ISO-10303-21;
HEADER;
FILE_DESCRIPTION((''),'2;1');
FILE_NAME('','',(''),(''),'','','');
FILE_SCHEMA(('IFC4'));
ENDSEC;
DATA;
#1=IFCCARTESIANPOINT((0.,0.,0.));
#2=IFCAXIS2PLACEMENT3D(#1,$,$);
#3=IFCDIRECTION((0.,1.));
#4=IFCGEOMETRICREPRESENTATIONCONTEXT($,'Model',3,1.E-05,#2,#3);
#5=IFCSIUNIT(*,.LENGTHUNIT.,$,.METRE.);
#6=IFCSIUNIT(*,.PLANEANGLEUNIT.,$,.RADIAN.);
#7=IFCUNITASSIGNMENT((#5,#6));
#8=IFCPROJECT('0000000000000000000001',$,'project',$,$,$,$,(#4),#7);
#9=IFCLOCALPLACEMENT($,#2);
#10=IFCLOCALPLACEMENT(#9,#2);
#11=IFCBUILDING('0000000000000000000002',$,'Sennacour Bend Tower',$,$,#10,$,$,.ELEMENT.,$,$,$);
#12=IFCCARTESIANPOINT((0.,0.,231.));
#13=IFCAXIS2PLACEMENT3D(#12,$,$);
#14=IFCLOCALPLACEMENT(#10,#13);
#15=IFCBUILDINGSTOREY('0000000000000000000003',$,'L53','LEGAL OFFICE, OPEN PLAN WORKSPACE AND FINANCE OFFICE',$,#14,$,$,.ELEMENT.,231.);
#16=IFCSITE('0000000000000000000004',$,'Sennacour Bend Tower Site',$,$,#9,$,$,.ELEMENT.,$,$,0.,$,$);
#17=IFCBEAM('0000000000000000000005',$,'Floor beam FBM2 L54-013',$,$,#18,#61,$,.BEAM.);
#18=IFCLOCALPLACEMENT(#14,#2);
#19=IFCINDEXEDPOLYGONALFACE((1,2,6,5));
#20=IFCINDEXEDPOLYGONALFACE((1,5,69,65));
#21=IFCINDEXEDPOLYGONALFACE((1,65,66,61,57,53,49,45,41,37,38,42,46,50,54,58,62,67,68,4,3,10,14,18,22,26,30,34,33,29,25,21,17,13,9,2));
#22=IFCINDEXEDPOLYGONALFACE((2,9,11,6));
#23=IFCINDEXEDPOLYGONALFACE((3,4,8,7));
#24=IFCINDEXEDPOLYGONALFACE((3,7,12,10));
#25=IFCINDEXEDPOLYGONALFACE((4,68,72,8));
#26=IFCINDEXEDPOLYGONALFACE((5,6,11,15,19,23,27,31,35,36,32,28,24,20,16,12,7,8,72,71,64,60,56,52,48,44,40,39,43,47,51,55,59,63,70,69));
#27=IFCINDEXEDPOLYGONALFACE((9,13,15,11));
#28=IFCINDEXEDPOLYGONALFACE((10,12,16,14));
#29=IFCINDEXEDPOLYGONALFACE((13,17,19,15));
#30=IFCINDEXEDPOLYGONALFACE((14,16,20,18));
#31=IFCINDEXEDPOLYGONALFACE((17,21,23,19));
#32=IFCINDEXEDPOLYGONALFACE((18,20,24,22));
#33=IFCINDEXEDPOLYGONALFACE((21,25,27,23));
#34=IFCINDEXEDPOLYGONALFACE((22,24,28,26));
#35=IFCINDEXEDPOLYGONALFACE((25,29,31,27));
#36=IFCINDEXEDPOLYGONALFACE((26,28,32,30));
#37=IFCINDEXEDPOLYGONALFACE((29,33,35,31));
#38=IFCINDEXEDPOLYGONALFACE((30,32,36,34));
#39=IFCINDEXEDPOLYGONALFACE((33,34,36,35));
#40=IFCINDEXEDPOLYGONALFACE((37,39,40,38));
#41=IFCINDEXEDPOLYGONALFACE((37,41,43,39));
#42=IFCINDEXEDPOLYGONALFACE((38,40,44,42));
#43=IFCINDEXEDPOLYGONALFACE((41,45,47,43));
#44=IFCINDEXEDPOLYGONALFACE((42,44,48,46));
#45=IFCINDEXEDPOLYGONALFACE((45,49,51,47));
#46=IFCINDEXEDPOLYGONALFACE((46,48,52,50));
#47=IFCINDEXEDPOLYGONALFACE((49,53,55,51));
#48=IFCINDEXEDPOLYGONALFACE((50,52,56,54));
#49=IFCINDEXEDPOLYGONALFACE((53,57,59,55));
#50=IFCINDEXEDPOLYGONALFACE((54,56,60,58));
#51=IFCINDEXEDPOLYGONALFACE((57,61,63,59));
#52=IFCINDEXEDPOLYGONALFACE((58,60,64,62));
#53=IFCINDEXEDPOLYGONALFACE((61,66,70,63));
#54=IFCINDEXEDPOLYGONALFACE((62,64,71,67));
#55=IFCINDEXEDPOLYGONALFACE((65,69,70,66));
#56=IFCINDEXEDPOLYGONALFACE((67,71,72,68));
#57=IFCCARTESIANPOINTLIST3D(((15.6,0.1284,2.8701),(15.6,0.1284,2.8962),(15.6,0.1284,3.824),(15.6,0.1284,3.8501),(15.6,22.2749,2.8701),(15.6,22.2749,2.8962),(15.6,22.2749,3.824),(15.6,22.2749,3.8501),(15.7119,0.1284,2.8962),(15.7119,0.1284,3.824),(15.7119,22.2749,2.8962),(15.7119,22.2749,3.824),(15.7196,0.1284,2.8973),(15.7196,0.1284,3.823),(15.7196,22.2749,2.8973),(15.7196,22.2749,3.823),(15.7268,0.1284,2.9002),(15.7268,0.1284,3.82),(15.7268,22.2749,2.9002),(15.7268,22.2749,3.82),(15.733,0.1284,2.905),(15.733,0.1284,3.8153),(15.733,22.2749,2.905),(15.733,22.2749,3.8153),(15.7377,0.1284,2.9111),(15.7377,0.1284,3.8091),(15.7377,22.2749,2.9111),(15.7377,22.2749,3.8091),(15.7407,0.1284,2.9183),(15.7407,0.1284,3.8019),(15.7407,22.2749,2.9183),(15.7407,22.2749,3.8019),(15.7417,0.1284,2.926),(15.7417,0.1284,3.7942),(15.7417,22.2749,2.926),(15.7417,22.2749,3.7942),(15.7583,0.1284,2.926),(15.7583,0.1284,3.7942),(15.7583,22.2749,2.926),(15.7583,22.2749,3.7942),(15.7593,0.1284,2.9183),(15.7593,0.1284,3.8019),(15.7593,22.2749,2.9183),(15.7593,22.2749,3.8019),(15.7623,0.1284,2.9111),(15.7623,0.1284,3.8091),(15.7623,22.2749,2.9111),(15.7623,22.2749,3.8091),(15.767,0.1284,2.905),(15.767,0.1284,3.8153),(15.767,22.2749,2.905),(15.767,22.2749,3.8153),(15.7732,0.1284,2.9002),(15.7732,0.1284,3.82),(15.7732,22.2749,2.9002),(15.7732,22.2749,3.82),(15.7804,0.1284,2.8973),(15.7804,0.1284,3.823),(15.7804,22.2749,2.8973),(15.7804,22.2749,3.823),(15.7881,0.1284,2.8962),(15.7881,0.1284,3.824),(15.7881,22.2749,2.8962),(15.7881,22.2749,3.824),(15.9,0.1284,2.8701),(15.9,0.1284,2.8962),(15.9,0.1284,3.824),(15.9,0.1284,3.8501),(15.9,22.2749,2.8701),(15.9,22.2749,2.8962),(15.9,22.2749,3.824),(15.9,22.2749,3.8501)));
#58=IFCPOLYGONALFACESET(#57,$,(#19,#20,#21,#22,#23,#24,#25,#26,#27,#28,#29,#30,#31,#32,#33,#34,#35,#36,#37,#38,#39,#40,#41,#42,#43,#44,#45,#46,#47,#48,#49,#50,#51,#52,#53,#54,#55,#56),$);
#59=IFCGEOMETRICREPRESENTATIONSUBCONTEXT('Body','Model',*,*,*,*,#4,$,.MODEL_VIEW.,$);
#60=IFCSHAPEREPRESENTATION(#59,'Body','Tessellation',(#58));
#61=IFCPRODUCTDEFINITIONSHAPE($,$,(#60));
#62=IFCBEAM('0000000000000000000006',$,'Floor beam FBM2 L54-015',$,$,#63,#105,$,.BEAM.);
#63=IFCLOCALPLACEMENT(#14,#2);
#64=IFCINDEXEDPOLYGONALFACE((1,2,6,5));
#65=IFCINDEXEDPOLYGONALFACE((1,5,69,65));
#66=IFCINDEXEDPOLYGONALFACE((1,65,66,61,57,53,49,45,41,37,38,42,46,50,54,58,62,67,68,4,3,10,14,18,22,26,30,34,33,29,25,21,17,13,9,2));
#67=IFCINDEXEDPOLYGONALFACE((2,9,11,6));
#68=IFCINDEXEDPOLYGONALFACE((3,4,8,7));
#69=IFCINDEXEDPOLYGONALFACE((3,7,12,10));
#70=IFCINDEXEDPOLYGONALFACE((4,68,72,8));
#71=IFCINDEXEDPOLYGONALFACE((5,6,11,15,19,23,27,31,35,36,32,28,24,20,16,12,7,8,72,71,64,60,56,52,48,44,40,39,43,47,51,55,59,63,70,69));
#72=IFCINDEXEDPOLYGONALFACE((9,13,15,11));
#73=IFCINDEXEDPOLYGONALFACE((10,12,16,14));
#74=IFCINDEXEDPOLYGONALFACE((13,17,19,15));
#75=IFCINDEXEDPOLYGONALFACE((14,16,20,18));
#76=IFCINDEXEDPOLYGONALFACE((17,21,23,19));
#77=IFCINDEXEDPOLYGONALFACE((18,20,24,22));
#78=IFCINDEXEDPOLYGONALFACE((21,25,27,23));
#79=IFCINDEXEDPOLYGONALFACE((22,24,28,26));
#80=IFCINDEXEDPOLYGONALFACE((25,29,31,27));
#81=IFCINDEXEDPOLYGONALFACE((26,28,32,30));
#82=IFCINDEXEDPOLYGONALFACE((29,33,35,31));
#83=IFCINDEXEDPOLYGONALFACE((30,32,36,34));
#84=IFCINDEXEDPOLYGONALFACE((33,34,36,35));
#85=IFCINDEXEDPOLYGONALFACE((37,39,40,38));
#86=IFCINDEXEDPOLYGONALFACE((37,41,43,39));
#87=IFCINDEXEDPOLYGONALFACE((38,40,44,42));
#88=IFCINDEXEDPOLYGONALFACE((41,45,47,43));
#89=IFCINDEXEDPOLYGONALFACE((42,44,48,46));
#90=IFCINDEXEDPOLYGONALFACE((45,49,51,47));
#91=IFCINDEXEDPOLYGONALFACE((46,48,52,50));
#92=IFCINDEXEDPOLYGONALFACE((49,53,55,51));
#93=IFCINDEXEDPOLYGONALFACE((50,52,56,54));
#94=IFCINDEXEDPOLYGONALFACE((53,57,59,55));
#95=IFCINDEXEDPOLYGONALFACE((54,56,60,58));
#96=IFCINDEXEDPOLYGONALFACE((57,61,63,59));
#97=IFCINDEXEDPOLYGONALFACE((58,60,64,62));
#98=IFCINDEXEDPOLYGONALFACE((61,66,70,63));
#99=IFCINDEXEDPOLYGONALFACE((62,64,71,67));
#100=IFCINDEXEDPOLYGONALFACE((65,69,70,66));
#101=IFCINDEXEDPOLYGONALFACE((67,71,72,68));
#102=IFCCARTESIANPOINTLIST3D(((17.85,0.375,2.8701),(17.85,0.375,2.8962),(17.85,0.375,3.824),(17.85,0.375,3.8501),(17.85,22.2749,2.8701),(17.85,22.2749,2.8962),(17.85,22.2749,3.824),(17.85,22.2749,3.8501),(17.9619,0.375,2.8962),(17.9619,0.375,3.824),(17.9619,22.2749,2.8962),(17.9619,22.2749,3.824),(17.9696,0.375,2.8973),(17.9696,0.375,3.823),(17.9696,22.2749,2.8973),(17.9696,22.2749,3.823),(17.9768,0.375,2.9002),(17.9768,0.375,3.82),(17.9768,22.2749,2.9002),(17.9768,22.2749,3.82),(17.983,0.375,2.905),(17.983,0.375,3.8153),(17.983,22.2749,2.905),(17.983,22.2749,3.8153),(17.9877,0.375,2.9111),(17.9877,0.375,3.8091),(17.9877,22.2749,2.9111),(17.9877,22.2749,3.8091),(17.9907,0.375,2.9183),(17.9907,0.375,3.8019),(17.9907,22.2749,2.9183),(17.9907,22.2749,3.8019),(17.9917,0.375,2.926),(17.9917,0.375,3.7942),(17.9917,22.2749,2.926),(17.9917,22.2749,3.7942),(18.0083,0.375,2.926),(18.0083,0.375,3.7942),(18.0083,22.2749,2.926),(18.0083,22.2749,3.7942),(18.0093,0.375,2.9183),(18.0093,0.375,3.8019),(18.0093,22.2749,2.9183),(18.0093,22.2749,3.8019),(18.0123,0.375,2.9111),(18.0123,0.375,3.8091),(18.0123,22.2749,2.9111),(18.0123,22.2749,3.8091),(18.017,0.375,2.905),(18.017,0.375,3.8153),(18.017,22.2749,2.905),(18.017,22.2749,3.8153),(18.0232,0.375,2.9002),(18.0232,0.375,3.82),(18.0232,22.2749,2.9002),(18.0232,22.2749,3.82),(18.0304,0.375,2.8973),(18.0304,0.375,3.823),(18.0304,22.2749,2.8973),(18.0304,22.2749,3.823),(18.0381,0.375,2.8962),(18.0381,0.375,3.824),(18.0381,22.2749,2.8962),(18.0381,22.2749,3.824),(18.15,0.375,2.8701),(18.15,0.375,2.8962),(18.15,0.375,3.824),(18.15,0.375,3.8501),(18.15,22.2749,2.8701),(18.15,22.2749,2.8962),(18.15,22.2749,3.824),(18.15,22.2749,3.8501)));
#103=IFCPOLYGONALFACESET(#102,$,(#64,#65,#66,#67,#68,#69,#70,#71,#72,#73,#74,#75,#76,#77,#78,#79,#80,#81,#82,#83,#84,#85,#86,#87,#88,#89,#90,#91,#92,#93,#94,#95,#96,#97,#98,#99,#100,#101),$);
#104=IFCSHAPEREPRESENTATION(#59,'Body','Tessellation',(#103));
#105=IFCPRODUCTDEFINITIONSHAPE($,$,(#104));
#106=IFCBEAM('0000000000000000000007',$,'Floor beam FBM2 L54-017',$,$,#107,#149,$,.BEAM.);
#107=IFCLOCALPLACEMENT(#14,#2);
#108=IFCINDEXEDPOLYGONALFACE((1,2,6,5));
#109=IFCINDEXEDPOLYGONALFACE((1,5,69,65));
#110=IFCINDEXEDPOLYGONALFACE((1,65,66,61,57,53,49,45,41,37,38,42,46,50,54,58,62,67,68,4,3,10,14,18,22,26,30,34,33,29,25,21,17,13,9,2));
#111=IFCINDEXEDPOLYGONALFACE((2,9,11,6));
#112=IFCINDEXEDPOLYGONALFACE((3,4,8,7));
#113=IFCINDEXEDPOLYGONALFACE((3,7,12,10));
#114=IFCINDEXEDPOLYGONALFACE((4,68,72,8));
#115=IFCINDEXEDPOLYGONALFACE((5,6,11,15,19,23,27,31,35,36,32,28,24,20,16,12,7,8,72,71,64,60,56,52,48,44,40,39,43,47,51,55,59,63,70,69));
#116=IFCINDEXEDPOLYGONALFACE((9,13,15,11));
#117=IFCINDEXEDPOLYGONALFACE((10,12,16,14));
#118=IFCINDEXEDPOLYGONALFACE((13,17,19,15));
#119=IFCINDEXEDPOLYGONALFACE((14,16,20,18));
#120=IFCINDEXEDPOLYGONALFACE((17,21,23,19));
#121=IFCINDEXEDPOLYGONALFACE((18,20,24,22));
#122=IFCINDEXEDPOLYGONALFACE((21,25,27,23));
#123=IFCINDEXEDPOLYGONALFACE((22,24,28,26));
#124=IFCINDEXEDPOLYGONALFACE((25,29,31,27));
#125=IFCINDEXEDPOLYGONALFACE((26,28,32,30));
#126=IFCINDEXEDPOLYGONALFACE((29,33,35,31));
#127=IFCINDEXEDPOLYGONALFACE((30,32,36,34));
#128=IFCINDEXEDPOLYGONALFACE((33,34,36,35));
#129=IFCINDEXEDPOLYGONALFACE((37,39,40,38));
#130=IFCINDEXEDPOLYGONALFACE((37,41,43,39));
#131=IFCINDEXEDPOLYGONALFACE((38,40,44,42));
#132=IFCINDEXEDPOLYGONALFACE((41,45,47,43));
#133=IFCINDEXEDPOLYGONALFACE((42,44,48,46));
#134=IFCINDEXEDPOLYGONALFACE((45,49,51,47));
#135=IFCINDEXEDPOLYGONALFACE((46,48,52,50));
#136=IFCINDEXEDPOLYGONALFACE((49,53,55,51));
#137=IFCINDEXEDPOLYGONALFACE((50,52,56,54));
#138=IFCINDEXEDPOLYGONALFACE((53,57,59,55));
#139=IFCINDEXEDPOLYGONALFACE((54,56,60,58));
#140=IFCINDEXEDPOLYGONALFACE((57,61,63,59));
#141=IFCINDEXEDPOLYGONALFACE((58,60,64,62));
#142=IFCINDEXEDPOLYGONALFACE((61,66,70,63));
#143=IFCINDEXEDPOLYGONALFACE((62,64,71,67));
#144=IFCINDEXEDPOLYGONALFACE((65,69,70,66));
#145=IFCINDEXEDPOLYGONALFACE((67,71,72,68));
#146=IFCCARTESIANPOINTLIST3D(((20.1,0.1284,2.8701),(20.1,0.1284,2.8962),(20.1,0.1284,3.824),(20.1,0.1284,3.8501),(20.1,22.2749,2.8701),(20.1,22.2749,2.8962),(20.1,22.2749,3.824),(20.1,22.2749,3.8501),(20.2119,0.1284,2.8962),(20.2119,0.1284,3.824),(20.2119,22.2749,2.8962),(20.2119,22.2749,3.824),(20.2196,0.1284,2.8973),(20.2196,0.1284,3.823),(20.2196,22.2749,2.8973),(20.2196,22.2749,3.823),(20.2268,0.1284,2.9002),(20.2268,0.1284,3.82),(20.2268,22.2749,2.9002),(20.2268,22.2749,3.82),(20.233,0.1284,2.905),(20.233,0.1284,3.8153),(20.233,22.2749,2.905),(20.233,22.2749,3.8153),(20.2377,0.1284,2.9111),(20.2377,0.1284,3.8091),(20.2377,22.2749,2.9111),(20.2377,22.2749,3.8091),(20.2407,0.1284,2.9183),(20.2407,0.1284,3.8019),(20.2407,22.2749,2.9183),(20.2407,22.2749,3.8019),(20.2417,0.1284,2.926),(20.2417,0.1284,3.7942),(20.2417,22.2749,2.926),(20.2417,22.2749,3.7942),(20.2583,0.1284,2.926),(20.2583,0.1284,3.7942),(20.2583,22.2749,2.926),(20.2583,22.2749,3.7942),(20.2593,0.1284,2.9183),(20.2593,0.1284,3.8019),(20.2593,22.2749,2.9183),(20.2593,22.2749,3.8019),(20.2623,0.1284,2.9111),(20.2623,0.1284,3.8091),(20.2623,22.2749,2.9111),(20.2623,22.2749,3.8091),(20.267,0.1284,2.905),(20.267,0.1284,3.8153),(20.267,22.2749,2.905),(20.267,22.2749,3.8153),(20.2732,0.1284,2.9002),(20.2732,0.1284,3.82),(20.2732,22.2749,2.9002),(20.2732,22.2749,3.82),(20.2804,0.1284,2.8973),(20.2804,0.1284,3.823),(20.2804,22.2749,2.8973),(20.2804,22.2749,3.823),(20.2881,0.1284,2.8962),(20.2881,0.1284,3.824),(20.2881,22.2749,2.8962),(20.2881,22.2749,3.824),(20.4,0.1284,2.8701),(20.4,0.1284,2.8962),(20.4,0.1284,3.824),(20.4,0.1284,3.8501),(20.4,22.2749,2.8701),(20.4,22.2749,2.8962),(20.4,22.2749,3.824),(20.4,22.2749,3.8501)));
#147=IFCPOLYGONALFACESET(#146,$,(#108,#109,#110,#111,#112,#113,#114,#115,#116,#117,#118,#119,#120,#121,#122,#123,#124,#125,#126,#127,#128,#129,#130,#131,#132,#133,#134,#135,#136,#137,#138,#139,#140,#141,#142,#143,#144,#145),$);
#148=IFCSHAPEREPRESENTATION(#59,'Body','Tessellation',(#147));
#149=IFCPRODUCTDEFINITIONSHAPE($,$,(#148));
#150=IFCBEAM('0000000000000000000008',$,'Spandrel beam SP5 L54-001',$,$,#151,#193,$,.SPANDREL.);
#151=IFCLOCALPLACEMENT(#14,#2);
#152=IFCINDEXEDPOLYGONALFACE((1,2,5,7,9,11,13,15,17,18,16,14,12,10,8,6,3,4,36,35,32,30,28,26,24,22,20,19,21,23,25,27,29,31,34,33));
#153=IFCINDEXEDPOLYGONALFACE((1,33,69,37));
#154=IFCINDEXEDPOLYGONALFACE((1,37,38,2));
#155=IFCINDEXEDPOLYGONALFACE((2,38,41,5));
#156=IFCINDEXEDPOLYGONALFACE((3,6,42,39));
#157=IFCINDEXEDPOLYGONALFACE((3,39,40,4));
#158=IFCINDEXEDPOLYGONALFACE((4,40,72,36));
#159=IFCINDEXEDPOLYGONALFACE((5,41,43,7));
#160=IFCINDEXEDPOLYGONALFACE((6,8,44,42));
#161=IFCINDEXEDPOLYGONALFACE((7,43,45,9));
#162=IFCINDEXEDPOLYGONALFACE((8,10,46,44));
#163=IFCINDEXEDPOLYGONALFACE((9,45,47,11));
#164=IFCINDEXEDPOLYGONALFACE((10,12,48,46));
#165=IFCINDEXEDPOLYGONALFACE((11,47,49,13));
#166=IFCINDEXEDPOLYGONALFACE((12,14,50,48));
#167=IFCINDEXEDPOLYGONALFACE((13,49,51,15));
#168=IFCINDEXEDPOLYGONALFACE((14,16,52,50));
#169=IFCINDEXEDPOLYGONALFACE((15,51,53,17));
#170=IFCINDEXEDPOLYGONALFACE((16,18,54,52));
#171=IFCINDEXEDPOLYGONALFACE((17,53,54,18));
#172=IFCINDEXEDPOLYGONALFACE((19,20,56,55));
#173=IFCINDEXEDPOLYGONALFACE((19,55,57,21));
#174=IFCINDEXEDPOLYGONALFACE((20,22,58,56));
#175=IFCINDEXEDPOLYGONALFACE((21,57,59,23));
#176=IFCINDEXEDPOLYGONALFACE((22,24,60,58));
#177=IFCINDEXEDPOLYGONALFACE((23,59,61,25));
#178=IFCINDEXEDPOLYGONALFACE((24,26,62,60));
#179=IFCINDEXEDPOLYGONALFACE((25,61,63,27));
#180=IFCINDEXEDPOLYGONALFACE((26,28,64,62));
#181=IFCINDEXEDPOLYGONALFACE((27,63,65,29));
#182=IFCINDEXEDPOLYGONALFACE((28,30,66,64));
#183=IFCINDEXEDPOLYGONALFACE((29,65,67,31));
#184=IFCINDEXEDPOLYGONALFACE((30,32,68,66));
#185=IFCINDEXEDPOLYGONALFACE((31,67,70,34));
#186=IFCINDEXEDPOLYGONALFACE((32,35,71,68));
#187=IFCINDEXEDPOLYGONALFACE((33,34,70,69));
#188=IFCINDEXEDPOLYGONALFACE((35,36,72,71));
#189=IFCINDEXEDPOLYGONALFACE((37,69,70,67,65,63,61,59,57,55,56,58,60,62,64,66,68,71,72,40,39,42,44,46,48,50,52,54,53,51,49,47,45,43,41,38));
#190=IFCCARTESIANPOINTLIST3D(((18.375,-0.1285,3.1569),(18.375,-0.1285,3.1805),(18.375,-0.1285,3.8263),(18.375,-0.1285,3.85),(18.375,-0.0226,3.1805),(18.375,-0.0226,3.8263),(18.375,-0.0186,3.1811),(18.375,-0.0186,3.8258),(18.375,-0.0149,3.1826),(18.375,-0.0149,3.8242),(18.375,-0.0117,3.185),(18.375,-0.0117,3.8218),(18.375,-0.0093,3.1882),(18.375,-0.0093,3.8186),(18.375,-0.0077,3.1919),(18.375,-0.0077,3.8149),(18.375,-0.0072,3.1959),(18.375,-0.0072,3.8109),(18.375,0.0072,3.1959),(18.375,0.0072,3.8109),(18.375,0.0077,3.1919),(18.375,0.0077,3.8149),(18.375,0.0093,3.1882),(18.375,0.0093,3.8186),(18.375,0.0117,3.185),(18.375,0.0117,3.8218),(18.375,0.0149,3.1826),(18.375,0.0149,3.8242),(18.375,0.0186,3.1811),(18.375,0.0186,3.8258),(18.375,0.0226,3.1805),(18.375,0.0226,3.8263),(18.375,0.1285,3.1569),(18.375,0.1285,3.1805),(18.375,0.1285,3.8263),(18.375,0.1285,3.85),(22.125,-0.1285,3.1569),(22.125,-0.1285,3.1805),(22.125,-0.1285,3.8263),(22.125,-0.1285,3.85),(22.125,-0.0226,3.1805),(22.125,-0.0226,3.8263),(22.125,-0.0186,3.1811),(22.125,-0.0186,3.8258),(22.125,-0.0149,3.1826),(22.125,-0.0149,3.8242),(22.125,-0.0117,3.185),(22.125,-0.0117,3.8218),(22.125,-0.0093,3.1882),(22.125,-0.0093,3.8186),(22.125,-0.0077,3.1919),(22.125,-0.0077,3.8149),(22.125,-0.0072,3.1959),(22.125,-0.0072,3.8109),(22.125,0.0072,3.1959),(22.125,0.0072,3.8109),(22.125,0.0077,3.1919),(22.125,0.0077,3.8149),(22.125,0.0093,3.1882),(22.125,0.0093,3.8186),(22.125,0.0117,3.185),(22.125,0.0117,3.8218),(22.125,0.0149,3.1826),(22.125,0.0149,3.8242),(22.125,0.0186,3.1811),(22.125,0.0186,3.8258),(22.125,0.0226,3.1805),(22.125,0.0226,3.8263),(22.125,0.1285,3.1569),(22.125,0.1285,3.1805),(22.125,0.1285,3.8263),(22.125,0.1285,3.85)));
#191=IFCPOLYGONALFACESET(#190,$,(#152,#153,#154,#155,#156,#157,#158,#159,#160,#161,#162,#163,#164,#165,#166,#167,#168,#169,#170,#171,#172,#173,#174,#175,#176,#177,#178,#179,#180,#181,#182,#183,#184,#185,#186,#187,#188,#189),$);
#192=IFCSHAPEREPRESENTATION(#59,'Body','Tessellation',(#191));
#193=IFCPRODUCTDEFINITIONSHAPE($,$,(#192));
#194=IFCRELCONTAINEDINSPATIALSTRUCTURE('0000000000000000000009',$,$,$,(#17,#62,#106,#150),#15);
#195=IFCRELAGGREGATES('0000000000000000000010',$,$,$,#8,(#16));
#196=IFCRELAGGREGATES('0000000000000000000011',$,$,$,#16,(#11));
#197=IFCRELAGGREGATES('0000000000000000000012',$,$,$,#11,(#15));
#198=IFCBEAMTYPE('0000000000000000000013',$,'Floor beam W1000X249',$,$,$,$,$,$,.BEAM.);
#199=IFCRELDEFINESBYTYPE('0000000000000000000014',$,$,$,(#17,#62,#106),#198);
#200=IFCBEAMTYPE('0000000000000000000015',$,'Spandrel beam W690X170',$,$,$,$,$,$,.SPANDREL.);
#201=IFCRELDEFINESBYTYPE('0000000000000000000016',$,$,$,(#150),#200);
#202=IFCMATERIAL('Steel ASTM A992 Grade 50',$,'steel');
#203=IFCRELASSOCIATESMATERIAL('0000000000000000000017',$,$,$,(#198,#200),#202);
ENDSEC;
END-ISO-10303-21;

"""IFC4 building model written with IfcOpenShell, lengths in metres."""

from ifc_helpers import new_model, si_unit, direction, frame, origin, origin_2d, place, context, subcontext, project, spatial, i_section, extrude, material, material_profile, profile_set, type_object, element, save


model = new_model("IFC4")

# Units and contexts
model_context = context("Model", 3, precision=1e-05, world=origin(), true_north=direction((0.0, 1.0)))
body_context = subcontext(model_context, "Body", "Model", "MODEL_VIEW")
ifc_project = project(units=[si_unit("LENGTHUNIT", "METRE"), si_unit("PLANEANGLEUNIT", "RADIAN")], contexts=[model_context])

# Site, building, storey
site_placement = place(None, origin())
site = spatial("IfcSite", under=ifc_project, at=site_placement, Name="Sennacour Bend Tower Site", CompositionType="ELEMENT", RefElevation=0.0)
building_placement = place(site_placement, origin())
building = spatial("IfcBuilding", under=site, at=building_placement, Name="Sennacour Bend Tower", CompositionType="ELEMENT")
storey_placement = place(building_placement, frame((0.0, 0.0, 231.0)))
storey = spatial("IfcBuildingStorey", under=building, at=storey_placement, Name="L53", Description="LEGAL OFFICE, OPEN PLAN WORKSPACE AND FINANCE OFFICE", CompositionType="ELEMENT", Elevation=231.0)

# Beams
ifc_material_1 = material(Name="Steel ASTM A992 Grade 50", Category="steel")
ifc_material_profile_1 = material_profile(ifc_material_1, i_section(OverallWidth=0.3, OverallDepth=0.98, WebThickness=0.0166, FlangeThickness=0.0261, FilletRadius=0.0298, at=origin_2d()), Name="Steel ASTM A992 Grade 50", Category="steel")
ifc_profile_set_1 = profile_set([ifc_material_profile_1], Name="Steel ASTM A992 Grade 50")
beam_type_1 = type_object("IfcBeamType", Name="Floor beam W1000X249", PredefinedType="BEAM", material=ifc_profile_set_1)
beam_1_placement = place(storey_placement, frame((15.75, 0.1284, 3.3601), z_axis=(0.0, 1.0, 0.0), x_axis=(-1.0, 0.0, 0.0)))
element("IfcBeam", 1, at=beam_1_placement, inside=storey, type_object=beam_type_1, Name="Floor beam FBM2 L54-013", PredefinedType="BEAM", context=body_context, shape_type="SweptSolid", body=[
    extrude(i_section(OverallWidth=0.3, OverallDepth=0.98, WebThickness=0.0166, FlangeThickness=0.0261, FilletRadius=0.0298, at=origin_2d()), origin(), (0.0, 0.0, 1.0), 22.1465),
])
beam_2_placement = place(storey_placement, frame((18.0, 0.375, 3.3601), z_axis=(0.0, 1.0, 0.0), x_axis=(-1.0, 0.0, 0.0)))
element("IfcBeam", 2, at=beam_2_placement, inside=storey, type_object=beam_type_1, Name="Floor beam FBM2 L54-015", PredefinedType="BEAM", context=body_context, shape_type="SweptSolid", body=[
    extrude(i_section(OverallWidth=0.3, OverallDepth=0.98, WebThickness=0.0166, FlangeThickness=0.0261, FilletRadius=0.0298, at=origin_2d()), origin(), (0.0, 0.0, 1.0), 21.8999),
])
beam_3_placement = place(storey_placement, frame((20.25, 0.1284, 3.3601), z_axis=(0.0, 1.0, 0.0), x_axis=(-1.0, 0.0, 0.0)))
element("IfcBeam", 3, at=beam_3_placement, inside=storey, type_object=beam_type_1, Name="Floor beam FBM2 L54-017", PredefinedType="BEAM", context=body_context, shape_type="SweptSolid", body=[
    extrude(i_section(OverallWidth=0.3, OverallDepth=0.98, WebThickness=0.0166, FlangeThickness=0.0261, FilletRadius=0.0298, at=origin_2d()), origin(), (0.0, 0.0, 1.0), 22.1465),
])
ifc_material_profile_2 = material_profile(ifc_material_1, i_section(OverallWidth=0.2571, OverallDepth=0.6931, WebThickness=0.0144, FlangeThickness=0.0237, FilletRadius=0.0154, at=origin_2d()), Name="Steel ASTM A992 Grade 50", Category="steel")
ifc_profile_set_2 = profile_set([ifc_material_profile_2], Name="Steel ASTM A992 Grade 50")
beam_type_2 = type_object("IfcBeamType", Name="Spandrel beam W690X170", PredefinedType="SPANDREL", material=ifc_profile_set_2)
for number, where, z_axis, x_axis, name in (
    (4, (22.125, 0.0, 3.5034), (-1.0, 0.0, 0.0), (0.0, -1.0, 0.0), "Spandrel beam SP5 L54-001"),
):
    element("IfcBeam", number, at=place(storey_placement, frame(where, z_axis=z_axis, x_axis=x_axis)), inside=storey, type_object=beam_type_2, Name=name, PredefinedType="SPANDREL", context=body_context, shape_type="SweptSolid", body=[
        extrude(i_section(OverallWidth=0.2571, OverallDepth=0.6931, WebThickness=0.0144, FlangeThickness=0.0237, FilletRadius=0.0154, at=origin_2d()), origin(), (0.0, 0.0, 1.0), 3.75),
    ])

save(model, "model.ifc")
